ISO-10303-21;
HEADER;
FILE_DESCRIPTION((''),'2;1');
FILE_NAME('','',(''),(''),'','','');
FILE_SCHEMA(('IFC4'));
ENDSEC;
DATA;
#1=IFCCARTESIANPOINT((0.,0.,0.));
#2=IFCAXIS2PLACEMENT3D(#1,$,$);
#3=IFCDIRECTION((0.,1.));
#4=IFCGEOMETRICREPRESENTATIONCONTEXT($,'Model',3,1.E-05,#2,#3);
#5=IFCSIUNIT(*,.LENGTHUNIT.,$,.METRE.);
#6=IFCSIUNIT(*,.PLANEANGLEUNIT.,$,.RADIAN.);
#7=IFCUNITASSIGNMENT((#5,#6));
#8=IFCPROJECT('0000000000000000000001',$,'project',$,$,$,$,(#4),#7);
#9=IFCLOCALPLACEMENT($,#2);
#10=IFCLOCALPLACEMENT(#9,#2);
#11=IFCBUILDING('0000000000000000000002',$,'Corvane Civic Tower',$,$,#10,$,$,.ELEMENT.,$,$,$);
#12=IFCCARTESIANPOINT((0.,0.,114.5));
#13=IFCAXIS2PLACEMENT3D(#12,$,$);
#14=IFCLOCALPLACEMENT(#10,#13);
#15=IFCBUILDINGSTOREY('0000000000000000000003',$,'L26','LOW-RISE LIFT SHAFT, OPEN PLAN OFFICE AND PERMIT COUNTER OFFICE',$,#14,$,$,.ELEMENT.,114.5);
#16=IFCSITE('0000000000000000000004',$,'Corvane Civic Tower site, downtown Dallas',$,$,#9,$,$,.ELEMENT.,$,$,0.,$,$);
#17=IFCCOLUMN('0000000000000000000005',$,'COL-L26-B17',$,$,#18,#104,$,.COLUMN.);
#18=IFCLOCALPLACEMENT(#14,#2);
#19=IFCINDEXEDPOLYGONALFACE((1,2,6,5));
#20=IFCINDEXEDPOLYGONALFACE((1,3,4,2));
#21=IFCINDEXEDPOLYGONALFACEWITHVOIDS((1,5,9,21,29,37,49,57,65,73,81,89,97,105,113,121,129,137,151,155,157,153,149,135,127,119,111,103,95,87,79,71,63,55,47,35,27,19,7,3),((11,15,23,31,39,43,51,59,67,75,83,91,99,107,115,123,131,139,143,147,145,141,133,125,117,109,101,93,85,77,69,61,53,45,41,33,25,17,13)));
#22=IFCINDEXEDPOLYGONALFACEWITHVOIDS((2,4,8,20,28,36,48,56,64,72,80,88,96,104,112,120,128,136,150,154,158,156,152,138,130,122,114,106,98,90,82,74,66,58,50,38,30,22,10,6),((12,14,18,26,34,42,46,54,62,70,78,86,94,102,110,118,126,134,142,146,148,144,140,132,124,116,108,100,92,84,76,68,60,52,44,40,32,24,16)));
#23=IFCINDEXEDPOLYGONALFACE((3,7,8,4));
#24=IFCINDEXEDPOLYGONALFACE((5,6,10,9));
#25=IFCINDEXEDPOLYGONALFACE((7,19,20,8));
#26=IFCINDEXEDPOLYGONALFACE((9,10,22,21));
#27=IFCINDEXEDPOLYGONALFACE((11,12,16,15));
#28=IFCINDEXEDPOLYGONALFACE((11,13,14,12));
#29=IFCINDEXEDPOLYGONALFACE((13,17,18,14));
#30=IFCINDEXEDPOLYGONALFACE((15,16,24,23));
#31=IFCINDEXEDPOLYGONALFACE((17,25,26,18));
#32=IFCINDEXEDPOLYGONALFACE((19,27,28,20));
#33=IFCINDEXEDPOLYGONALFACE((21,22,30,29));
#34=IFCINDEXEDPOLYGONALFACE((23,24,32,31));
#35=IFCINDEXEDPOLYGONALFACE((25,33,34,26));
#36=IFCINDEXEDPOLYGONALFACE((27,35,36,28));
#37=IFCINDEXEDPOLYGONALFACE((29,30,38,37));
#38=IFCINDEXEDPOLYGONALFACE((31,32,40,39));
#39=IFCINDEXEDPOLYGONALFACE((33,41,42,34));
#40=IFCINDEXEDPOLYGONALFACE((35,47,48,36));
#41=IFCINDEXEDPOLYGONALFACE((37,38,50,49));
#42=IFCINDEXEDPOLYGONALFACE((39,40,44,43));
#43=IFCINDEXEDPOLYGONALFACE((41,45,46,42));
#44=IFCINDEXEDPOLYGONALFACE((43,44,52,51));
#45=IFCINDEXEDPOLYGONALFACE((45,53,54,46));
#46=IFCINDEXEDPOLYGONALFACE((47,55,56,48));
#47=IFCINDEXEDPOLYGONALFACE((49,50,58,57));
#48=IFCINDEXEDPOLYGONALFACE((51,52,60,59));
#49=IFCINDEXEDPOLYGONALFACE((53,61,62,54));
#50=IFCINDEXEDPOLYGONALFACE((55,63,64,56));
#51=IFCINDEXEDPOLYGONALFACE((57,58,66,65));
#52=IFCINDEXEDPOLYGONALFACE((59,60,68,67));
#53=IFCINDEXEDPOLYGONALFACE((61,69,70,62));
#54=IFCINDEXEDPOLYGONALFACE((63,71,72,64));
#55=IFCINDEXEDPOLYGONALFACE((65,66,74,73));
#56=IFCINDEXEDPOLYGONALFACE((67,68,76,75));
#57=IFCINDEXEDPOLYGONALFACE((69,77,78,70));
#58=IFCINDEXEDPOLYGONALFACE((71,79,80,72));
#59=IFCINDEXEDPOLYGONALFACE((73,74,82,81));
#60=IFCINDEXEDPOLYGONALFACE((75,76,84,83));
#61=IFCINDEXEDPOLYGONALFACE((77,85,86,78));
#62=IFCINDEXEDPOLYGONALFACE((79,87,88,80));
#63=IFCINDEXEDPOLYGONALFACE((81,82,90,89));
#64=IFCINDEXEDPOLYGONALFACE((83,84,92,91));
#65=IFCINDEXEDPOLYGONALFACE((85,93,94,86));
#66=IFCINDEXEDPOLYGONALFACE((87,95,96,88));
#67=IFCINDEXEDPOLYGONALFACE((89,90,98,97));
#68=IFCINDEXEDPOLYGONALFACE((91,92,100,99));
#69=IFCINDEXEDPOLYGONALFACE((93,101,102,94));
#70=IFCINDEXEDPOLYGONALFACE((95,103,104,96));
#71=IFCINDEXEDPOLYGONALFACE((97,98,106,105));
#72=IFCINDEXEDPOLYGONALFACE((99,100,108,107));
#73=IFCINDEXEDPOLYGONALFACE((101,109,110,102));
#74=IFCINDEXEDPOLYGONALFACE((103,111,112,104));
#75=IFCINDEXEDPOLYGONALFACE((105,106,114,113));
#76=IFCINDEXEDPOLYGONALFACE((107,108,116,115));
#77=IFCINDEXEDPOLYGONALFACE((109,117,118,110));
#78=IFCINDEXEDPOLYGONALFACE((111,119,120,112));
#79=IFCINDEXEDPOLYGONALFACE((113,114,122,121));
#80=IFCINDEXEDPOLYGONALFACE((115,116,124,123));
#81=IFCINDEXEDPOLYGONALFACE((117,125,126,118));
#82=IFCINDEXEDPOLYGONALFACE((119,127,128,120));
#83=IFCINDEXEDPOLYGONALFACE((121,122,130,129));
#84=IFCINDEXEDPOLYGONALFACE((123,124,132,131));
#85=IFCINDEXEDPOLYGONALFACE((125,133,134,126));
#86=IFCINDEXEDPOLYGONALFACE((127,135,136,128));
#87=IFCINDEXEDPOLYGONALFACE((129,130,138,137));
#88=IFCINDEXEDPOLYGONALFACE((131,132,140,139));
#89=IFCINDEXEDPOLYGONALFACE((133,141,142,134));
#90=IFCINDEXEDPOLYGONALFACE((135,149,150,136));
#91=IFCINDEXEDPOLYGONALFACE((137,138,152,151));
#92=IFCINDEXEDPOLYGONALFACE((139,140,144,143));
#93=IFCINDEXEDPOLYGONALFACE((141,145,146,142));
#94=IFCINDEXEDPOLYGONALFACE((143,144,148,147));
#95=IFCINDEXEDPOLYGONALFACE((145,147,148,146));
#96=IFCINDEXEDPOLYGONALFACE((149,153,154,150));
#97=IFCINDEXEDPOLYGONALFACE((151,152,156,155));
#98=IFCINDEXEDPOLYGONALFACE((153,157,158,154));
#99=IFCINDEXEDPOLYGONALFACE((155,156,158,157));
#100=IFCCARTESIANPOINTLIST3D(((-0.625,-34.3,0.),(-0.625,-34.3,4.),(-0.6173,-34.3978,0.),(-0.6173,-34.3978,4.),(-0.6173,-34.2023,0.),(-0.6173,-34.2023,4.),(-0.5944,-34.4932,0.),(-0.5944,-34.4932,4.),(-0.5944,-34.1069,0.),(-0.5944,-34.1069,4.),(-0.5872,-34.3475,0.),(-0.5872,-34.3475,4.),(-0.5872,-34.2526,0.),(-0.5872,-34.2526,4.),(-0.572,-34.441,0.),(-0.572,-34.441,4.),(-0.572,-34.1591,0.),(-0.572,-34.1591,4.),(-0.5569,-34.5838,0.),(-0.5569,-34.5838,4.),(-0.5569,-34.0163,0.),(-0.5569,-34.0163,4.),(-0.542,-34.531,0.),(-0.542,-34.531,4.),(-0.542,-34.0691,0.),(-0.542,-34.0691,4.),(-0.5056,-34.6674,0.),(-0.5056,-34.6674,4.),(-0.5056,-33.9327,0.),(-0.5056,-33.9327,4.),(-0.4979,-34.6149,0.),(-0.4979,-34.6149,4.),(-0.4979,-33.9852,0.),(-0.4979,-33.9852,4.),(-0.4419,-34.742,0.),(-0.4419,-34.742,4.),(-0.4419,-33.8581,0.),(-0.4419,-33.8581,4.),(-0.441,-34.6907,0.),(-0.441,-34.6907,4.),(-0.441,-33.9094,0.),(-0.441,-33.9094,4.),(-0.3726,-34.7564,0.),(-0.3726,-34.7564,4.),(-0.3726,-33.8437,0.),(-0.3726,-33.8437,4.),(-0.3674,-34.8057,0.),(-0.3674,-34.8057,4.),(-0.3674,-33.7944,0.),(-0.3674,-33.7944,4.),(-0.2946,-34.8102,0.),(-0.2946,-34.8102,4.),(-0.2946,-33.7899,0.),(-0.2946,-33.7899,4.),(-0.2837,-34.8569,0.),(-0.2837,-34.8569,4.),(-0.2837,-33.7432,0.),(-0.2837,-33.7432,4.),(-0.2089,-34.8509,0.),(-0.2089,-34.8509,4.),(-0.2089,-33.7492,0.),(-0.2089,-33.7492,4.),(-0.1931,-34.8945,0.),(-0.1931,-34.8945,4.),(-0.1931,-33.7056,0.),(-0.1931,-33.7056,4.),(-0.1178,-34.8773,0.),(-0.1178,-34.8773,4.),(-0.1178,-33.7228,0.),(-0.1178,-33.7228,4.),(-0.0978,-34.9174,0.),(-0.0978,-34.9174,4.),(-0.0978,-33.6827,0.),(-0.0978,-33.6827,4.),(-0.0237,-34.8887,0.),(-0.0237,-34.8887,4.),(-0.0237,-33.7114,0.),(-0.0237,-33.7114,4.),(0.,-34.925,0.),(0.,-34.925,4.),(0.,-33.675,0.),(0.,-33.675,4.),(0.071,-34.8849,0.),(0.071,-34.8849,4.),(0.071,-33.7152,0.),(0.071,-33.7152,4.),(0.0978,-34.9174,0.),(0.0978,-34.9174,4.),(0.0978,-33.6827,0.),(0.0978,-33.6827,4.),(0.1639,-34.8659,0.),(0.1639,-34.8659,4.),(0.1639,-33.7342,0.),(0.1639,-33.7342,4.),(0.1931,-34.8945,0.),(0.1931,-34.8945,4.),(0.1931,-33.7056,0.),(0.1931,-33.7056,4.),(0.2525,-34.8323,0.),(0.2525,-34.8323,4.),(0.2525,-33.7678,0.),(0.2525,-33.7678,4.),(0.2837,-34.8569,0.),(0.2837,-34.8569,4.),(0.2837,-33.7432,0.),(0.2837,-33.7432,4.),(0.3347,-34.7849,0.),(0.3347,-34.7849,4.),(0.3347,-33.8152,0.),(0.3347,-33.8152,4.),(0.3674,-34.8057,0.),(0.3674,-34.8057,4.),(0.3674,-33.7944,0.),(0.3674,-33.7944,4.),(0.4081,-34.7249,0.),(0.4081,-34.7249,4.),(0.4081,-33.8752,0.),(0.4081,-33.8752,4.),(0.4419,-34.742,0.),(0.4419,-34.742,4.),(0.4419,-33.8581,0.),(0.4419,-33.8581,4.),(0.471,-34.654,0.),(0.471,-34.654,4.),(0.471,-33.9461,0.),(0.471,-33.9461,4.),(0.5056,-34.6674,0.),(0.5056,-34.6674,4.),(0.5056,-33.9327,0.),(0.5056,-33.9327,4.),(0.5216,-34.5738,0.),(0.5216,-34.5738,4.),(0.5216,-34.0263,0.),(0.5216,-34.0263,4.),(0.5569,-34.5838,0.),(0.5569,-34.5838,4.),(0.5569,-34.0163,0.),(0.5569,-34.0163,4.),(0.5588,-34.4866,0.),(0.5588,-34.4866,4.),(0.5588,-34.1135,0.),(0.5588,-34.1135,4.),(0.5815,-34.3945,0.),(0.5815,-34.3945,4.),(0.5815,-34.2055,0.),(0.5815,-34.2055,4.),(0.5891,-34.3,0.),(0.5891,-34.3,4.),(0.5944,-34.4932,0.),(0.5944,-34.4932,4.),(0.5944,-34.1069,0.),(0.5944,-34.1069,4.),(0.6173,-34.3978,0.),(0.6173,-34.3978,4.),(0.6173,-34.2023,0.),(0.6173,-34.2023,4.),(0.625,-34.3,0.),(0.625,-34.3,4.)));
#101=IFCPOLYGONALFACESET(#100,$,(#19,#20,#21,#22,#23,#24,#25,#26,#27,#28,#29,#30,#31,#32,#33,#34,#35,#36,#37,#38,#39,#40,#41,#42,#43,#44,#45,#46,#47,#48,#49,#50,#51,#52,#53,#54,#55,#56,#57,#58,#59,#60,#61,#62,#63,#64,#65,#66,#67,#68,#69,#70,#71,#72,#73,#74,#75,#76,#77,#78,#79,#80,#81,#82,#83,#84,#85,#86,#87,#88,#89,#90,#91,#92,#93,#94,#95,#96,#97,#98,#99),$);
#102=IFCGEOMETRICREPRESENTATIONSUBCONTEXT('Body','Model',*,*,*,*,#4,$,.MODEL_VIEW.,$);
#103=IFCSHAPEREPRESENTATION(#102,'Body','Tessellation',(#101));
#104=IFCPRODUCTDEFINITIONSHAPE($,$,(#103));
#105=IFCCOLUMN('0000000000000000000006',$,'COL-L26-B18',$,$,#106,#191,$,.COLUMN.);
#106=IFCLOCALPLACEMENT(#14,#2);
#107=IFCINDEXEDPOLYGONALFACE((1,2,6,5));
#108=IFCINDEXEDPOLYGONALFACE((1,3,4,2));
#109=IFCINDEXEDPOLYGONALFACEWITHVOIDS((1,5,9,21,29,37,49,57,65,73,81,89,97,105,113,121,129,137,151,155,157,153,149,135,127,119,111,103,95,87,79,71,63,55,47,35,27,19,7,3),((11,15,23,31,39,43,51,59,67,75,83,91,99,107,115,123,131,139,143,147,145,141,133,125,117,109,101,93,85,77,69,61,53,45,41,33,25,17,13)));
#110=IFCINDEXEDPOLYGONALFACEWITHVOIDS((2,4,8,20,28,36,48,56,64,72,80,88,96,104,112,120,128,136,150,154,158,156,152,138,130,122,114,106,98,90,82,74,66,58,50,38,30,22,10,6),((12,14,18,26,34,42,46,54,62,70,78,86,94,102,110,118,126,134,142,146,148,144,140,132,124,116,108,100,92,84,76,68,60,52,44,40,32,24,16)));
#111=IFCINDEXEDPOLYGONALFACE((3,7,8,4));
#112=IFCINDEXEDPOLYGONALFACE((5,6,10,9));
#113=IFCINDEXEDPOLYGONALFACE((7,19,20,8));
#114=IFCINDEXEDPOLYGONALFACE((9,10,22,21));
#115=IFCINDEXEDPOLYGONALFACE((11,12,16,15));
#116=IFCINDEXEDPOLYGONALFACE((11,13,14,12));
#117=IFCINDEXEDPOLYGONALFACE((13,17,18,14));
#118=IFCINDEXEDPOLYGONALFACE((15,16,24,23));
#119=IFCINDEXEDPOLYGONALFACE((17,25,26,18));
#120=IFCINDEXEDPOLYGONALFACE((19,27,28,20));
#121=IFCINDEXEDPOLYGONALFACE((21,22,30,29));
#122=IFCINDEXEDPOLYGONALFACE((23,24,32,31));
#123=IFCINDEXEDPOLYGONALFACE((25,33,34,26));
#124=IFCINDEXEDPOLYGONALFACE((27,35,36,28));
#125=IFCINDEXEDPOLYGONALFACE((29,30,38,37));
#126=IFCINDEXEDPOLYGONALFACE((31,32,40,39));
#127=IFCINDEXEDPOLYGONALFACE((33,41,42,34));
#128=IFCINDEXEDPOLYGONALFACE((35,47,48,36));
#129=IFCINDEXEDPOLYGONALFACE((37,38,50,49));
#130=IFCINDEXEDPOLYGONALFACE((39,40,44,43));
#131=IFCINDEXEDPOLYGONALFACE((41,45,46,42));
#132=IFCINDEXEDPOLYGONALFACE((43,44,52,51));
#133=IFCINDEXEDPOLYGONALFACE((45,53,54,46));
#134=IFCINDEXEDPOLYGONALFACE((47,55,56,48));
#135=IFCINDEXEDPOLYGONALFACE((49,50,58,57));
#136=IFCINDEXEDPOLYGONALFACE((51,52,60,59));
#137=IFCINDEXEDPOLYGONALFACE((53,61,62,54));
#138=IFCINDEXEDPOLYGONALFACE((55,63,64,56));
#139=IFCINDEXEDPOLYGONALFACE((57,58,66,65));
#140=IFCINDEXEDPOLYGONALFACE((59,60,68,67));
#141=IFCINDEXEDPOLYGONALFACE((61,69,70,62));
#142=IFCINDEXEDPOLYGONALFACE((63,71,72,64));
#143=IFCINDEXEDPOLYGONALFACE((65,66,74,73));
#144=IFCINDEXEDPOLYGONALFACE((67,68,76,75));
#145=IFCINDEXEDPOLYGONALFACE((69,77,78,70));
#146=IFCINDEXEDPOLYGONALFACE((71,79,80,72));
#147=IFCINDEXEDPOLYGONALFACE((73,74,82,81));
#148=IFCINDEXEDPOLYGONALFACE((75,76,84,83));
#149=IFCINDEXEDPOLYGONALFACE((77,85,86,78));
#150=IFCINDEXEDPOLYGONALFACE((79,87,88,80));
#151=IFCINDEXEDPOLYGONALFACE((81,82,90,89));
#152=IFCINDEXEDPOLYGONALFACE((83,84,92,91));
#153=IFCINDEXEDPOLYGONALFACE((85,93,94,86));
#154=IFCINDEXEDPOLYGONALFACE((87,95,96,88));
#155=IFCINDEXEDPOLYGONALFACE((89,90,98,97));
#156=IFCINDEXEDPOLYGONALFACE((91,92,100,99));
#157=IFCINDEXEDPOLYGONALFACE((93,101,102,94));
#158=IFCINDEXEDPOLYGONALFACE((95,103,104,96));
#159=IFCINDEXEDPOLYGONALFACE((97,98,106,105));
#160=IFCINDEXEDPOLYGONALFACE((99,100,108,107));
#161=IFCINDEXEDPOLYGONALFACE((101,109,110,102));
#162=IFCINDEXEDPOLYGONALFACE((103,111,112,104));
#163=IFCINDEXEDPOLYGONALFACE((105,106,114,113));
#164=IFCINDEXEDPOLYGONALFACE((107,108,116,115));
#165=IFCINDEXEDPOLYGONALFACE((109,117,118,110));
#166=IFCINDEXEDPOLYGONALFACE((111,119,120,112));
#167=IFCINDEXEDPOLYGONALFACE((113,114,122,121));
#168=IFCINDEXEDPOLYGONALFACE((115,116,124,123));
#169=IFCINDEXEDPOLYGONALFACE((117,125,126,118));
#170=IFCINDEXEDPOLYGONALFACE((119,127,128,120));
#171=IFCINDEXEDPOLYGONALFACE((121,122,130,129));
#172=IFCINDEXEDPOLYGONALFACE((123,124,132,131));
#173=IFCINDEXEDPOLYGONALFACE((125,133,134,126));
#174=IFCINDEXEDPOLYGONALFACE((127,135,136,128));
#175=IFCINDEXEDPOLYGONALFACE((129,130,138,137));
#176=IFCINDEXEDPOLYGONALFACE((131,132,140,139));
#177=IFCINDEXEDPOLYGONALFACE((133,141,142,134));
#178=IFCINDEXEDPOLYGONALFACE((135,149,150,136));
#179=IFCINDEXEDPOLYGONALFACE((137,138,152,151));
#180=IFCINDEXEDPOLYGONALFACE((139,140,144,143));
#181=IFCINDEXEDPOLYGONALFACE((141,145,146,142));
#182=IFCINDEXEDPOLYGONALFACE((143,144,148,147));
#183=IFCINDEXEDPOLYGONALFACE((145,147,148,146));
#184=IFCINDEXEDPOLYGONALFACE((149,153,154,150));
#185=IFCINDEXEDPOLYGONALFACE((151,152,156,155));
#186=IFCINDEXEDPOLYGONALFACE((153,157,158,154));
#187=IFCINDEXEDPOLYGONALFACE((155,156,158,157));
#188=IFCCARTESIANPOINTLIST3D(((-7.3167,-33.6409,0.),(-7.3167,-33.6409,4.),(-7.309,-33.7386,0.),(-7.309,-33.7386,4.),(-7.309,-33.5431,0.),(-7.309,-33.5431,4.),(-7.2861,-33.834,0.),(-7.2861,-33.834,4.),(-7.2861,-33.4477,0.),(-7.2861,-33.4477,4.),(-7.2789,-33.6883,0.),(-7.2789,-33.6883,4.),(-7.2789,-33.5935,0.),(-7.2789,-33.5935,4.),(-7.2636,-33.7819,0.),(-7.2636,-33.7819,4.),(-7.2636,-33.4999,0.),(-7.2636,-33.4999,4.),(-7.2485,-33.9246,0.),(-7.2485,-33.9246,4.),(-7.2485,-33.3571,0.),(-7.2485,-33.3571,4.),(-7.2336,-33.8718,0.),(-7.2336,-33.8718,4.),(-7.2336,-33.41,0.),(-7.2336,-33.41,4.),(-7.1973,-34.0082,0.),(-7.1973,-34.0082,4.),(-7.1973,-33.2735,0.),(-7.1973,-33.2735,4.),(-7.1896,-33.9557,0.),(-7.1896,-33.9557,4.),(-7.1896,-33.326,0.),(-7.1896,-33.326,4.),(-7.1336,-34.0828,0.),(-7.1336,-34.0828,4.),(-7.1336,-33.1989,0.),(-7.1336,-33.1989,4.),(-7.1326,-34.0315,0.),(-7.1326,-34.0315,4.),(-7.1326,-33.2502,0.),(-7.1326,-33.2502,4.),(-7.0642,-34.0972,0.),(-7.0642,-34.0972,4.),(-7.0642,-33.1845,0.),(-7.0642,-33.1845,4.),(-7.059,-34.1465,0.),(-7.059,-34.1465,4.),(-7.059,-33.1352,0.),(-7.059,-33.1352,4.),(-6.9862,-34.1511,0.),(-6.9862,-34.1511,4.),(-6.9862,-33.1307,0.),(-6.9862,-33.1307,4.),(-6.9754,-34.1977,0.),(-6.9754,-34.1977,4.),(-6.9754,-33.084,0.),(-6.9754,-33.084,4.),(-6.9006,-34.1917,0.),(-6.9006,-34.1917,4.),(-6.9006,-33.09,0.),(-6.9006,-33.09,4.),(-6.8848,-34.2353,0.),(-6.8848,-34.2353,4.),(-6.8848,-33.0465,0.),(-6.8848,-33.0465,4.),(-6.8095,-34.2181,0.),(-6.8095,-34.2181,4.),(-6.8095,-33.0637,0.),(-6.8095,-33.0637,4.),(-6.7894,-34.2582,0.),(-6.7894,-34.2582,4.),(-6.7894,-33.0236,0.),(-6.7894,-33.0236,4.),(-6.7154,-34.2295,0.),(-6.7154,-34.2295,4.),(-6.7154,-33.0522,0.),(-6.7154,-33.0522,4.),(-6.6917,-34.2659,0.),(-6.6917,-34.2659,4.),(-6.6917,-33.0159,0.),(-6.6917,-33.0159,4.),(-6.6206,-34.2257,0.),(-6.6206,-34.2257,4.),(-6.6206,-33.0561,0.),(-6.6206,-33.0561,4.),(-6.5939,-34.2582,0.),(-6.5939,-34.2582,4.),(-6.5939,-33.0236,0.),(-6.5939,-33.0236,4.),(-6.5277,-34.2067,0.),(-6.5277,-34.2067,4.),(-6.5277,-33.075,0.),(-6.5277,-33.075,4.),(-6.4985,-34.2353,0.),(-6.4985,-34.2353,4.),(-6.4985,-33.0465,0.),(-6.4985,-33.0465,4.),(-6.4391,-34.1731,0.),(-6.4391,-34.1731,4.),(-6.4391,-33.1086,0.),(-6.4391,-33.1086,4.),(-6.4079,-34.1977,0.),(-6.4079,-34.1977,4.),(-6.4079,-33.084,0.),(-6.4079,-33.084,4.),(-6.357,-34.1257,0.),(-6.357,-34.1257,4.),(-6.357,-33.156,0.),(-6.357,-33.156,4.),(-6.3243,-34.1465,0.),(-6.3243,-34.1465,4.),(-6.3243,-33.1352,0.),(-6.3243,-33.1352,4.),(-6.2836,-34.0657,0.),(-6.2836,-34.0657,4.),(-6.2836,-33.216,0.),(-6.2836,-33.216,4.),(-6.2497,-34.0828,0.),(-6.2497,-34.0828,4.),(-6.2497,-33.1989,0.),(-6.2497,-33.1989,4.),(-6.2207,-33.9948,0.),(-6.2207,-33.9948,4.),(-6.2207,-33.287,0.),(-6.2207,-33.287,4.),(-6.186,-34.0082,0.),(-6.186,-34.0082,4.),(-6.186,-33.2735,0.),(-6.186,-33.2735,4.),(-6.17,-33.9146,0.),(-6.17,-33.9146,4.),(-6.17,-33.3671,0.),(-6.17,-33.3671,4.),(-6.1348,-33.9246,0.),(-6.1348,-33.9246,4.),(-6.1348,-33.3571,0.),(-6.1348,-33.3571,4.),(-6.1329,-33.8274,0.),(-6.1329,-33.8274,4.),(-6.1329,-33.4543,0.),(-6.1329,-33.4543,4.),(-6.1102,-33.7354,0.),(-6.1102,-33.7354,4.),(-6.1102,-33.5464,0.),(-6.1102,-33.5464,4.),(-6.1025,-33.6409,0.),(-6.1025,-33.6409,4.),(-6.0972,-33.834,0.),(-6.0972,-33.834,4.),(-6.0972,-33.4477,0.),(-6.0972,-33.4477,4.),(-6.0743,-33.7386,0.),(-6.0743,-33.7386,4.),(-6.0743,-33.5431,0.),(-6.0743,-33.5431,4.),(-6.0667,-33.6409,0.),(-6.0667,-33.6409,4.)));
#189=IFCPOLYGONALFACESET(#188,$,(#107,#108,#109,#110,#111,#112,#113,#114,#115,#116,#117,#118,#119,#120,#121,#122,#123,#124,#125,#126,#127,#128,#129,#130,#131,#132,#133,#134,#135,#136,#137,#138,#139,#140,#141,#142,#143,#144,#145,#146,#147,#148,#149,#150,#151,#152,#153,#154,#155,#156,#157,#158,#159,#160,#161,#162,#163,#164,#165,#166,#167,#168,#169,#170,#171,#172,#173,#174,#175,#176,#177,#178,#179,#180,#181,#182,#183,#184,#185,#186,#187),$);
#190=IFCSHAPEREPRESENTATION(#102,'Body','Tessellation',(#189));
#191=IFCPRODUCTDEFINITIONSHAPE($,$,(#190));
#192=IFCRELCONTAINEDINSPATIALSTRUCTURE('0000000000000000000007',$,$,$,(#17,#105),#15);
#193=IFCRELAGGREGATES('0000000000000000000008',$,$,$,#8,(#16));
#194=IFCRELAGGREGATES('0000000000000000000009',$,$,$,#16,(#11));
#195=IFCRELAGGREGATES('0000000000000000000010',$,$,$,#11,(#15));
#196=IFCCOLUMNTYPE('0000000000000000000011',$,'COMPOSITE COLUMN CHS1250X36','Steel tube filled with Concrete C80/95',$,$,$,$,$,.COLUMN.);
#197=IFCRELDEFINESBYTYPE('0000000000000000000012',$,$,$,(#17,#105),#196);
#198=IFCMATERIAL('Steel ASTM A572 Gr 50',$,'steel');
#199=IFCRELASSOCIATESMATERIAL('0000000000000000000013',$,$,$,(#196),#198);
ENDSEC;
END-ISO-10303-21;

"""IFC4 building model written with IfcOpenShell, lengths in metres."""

from ifc_helpers import new_model, si_unit, direction, frame, origin, origin_2d, place, context, subcontext, project, spatial, hollow_circle, extrude, material, material_profile, profile_set, type_object, element, save


model = new_model("IFC4")

# Units and contexts
model_context = context("Model", 3, precision=1e-05, world=origin(), true_north=direction((0.0, 1.0)))
body_context = subcontext(model_context, "Body", "Model", "MODEL_VIEW")
ifc_project = project(units=[si_unit("LENGTHUNIT", "METRE"), si_unit("PLANEANGLEUNIT", "RADIAN")], contexts=[model_context])

# Site, building, storey
site_placement = place(None, origin())
site = spatial("IfcSite", under=ifc_project, at=site_placement, Name="Corvane Civic Tower site, downtown Dallas", CompositionType="ELEMENT", RefElevation=0.0)
building_placement = place(site_placement, origin())
building = spatial("IfcBuilding", under=site, at=building_placement, Name="Corvane Civic Tower", CompositionType="ELEMENT")
storey_placement = place(building_placement, frame((0.0, 0.0, 114.5)))
storey = spatial("IfcBuildingStorey", under=building, at=storey_placement, Name="L26", Description="LOW-RISE LIFT SHAFT, OPEN PLAN OFFICE AND PERMIT COUNTER OFFICE", CompositionType="ELEMENT", Elevation=114.5)

# Columns
ifc_material_1 = material(Name="Steel ASTM A572 Gr 50", Category="steel")
ifc_material_profile_1 = material_profile(ifc_material_1, hollow_circle(Radius=0.625, WallThickness=0.0359, at=origin_2d()), Name="CHS1250X36")
ifc_profile_set_1 = profile_set([ifc_material_profile_1], Name="Steel ASTM A572 Gr 50")
column_type = type_object("IfcColumnType", Name="COMPOSITE COLUMN CHS1250X36", Description="Steel tube filled with Concrete C80/95", PredefinedType="COLUMN", material=ifc_profile_set_1)
for number, where, z_axis, x_axis, name in (
    (1, (0.0, -34.3, 0.0), (0.0, 0.0, 1.0), (1.0, 0.0, 0.0), "COL-L26-B17"),
    (2, (-6.6917, -33.6409, 0.0), (0.0, 0.0, 1.0), (1.0, 0.0, 0.0), "COL-L26-B18"),
):
    element("IfcColumn", number, at=place(storey_placement, frame(where, z_axis=z_axis, x_axis=x_axis)), inside=storey, type_object=column_type, Name=name, PredefinedType="COLUMN", context=body_context, shape_type="SweptSolid", body=[
        extrude(hollow_circle(Radius=0.625, WallThickness=0.0359, at=origin_2d()), origin(), (0.0, 0.0, 1.0), 4.0),
    ])

save(model, "model.ifc")
